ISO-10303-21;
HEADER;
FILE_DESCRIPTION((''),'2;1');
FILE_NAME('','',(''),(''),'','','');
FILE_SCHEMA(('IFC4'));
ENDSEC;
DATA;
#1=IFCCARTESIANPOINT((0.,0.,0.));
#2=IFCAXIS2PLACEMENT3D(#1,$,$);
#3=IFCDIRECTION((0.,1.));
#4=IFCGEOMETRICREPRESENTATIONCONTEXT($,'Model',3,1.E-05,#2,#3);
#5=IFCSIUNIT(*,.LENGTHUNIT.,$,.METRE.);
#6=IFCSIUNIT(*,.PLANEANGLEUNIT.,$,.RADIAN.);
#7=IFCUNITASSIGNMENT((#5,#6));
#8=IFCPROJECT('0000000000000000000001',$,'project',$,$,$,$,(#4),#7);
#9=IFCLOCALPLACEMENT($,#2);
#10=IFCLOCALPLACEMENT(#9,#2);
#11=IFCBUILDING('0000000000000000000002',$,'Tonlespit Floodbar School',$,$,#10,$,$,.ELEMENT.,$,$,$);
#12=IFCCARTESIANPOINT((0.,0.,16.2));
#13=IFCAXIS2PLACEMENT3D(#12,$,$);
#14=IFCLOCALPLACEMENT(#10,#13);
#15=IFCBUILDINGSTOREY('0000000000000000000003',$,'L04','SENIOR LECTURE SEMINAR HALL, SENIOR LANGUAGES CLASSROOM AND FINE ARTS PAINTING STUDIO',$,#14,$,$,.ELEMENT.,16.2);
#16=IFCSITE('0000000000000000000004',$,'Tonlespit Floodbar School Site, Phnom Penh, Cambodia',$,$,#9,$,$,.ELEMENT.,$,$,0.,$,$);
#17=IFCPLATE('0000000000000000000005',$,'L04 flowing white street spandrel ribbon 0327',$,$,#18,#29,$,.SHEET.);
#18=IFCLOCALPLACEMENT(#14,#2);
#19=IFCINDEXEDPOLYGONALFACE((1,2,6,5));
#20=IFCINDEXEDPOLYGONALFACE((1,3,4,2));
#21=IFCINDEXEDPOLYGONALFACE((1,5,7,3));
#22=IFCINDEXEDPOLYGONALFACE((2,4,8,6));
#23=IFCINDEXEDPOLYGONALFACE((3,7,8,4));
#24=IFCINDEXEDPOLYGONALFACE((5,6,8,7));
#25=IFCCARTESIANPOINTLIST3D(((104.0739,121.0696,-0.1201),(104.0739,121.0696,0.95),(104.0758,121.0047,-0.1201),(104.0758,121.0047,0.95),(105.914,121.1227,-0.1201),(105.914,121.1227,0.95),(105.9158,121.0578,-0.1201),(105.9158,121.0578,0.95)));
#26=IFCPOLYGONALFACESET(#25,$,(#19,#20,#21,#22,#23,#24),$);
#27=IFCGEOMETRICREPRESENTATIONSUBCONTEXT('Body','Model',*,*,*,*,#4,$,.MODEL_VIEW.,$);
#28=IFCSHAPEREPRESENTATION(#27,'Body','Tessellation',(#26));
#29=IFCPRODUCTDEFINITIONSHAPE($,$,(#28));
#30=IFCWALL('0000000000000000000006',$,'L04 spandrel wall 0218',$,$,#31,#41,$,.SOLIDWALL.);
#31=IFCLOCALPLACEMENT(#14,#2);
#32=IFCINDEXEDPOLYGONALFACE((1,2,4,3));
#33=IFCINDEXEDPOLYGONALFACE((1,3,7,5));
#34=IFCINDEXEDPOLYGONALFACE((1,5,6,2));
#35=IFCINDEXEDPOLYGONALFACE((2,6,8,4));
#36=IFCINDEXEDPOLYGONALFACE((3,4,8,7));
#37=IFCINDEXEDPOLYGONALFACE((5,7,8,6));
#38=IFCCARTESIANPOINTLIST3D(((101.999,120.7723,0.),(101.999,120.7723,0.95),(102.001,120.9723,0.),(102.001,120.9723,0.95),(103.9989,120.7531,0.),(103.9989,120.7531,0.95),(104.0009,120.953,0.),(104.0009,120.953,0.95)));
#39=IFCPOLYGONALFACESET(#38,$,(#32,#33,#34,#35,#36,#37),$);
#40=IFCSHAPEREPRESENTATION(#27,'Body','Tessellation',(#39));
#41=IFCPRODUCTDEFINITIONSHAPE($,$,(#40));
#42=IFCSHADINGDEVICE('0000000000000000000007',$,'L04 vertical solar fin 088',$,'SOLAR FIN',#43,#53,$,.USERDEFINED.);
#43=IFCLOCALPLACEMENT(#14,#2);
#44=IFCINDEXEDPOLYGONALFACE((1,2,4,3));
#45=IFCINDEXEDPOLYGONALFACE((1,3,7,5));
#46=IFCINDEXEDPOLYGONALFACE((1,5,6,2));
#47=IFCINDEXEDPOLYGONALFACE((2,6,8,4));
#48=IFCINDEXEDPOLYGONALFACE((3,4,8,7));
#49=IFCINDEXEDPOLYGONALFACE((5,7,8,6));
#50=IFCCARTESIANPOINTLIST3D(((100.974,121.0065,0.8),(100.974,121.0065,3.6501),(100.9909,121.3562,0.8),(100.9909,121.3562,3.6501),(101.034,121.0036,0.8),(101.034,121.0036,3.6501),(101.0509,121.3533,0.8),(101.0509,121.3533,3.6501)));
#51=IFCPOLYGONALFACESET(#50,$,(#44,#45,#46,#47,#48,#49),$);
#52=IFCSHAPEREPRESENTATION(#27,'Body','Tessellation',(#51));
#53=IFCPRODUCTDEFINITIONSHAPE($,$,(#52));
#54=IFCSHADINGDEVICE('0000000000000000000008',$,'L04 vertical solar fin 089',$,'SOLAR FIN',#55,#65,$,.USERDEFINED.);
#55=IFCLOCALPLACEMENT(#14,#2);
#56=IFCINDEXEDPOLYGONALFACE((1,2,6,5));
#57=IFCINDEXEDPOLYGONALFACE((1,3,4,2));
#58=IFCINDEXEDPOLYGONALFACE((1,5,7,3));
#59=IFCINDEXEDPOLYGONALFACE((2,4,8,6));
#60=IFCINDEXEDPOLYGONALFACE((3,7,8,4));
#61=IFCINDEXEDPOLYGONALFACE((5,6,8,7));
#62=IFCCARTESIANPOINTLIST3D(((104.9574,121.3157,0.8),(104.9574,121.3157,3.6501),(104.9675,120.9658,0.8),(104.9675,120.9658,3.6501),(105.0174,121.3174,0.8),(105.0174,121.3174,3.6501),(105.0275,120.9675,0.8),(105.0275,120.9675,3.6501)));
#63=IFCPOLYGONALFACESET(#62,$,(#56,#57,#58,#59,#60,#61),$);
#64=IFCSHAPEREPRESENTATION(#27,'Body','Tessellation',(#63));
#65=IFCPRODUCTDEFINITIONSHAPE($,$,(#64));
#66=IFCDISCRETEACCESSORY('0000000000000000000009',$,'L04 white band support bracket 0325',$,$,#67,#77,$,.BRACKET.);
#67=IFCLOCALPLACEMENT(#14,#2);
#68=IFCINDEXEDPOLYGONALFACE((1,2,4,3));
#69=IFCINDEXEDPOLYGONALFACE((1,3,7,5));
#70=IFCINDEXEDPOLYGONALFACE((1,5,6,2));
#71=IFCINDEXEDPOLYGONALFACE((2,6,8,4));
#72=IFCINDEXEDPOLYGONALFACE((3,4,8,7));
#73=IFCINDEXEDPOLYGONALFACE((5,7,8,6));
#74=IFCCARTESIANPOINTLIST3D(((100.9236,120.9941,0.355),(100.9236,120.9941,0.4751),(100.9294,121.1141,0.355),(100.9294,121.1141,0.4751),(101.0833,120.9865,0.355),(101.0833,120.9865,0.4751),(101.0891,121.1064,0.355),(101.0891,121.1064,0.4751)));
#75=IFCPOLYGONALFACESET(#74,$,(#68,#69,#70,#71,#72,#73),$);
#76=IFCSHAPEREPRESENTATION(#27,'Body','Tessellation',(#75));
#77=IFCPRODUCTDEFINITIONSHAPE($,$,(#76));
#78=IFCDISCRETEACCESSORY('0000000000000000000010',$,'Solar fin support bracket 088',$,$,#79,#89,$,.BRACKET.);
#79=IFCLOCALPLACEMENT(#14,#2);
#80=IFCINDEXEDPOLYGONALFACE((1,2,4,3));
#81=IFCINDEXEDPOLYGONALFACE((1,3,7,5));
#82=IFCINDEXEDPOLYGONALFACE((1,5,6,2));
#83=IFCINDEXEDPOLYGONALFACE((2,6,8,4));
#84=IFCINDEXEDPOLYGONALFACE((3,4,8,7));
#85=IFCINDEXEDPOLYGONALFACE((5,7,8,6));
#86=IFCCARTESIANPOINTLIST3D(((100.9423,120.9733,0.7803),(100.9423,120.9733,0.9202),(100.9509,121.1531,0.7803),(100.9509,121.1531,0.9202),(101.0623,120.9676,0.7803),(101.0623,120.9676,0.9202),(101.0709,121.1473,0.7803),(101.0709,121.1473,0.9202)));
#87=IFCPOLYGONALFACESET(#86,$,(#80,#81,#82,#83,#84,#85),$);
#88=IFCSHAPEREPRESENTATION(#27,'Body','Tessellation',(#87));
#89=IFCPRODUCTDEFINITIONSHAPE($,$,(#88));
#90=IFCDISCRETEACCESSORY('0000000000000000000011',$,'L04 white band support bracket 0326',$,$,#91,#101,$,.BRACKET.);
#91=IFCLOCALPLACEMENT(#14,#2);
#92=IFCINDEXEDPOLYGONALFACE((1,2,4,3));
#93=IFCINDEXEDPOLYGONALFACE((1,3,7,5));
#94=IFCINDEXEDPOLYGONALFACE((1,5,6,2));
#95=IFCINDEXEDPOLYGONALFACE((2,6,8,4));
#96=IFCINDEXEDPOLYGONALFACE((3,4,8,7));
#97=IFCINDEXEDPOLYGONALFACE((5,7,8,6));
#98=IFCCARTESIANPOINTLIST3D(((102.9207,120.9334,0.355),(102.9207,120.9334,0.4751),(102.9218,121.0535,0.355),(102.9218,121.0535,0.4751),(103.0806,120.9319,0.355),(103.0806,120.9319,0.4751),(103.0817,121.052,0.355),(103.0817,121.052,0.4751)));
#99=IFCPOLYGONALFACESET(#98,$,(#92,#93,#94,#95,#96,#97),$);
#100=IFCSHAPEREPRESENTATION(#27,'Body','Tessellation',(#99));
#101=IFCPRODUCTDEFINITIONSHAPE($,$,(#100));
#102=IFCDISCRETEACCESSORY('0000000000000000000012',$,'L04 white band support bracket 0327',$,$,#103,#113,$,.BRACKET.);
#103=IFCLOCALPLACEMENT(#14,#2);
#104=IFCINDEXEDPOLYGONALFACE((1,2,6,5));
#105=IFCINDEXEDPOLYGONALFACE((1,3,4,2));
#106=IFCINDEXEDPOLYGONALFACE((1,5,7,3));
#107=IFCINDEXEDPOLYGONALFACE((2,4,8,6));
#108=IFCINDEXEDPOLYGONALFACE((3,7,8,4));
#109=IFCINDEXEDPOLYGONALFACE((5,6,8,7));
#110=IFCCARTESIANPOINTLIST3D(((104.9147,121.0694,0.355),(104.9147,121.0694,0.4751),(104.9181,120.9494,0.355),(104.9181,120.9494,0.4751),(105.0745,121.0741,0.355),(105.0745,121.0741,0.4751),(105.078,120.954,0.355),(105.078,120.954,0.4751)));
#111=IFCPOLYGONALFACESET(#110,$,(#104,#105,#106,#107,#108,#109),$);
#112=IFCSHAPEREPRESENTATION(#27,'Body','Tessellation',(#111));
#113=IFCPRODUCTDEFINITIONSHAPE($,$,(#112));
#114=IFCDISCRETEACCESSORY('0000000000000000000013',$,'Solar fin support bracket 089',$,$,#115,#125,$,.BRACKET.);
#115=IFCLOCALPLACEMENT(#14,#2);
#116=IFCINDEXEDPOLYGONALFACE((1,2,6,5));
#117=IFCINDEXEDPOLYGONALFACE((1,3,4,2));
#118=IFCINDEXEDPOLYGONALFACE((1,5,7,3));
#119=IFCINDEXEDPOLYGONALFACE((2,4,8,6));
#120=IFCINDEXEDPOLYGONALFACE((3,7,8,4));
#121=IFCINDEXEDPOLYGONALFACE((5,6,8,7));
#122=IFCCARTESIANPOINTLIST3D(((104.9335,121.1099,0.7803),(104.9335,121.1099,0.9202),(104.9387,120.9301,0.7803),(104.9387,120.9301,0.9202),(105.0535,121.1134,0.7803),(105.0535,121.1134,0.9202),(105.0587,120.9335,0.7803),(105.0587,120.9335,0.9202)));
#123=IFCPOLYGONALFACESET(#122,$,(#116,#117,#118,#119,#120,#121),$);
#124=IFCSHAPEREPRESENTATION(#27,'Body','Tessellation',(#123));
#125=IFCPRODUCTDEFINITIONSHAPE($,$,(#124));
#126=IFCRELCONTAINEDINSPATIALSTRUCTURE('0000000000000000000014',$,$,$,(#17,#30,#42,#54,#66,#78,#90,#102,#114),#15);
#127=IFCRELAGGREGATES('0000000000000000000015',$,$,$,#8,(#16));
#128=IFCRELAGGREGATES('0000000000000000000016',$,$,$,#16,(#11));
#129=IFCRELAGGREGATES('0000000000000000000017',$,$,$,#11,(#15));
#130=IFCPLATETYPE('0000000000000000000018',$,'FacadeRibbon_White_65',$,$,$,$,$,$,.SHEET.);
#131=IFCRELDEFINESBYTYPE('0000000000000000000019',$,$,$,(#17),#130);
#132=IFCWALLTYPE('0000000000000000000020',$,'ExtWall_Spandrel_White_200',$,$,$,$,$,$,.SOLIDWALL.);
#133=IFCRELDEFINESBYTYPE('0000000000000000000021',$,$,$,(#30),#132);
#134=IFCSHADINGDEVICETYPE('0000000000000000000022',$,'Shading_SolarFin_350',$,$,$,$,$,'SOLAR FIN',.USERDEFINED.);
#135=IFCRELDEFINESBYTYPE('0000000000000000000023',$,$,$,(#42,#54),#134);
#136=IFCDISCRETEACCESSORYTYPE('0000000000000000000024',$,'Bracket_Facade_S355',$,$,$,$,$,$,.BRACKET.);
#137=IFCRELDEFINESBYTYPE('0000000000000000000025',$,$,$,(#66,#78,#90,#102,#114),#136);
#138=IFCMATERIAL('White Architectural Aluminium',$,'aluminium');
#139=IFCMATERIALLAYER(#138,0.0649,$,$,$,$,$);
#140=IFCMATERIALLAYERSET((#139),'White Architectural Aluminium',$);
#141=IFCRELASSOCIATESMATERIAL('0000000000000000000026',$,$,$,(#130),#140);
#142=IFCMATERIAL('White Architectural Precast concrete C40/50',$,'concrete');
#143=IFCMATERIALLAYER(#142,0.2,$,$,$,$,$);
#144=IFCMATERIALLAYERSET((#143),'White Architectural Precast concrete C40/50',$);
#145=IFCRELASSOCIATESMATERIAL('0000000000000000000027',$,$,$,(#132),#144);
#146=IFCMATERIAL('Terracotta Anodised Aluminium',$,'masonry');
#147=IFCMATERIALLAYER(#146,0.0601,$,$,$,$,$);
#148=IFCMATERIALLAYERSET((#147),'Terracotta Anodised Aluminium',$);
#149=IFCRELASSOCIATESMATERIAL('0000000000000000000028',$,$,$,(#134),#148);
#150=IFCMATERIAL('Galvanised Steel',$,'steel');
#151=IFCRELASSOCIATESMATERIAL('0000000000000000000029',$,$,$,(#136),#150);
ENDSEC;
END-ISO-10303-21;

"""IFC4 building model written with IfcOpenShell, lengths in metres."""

from ifc_helpers import new_model, si_unit, direction, frame, frame_2d, origin, origin_2d, place, context, subcontext, project, spatial, rectangle, extrude, material, layer, layer_set, type_object, element, save


model = new_model("IFC4")

# Units and contexts
model_context = context("Model", 3, precision=1e-05, world=origin(), true_north=direction((0.0, 1.0)))
body_context = subcontext(model_context, "Body", "Model", "MODEL_VIEW")
ifc_project = project(units=[si_unit("LENGTHUNIT", "METRE"), si_unit("PLANEANGLEUNIT", "RADIAN")], contexts=[model_context])

# Site, building, storey
site_placement = place(None, origin())
site = spatial("IfcSite", under=ifc_project, at=site_placement, Name="Tonlespit Floodbar School Site, Phnom Penh, Cambodia", CompositionType="ELEMENT", RefElevation=0.0)
building_placement = place(site_placement, origin())
building = spatial("IfcBuilding", under=site, at=building_placement, Name="Tonlespit Floodbar School", CompositionType="ELEMENT")
storey_placement = place(building_placement, frame((0.0, 0.0, 16.2)))
storey = spatial("IfcBuildingStorey", under=building, at=storey_placement, Name="L04", Description="SENIOR LECTURE SEMINAR HALL, SENIOR LANGUAGES CLASSROOM AND FINE ARTS PAINTING STUDIO", CompositionType="ELEMENT", Elevation=16.2)

# Plate
ifc_material_1 = material(Name="White Architectural Aluminium", Category="aluminium")
ifc_layer_1 = layer(ifc_material_1, 0.0649)
ifc_layer_set_1 = layer_set([ifc_layer_1], Name="White Architectural Aluminium")
plate_type_1 = type_object("IfcPlateType", Name="FacadeRibbon_White_65", PredefinedType="SHEET", material=ifc_layer_set_1)
plate_1_placement = place(storey_placement, frame((104.9949, 121.0637, -0.1201), z_axis=(0.0, 0.0, 1.0), x_axis=(0.999584, 0.028838, 0.0)))
element("IfcPlate", 1, at=plate_1_placement, inside=storey, type_object=plate_type_1, Name="L04 flowing white street spandrel ribbon 0327", PredefinedType="SHEET", context=body_context, shape_type="SweptSolid", body=[
    extrude(rectangle(XDim=1.8408, YDim=0.0649, at=origin_2d()), origin(), (0.0, 0.0, 1.0), 1.0701),
])

# Wall
ifc_material_2 = material(Name="White Architectural Precast concrete C40/50", Category="concrete")
ifc_layer_2 = layer(ifc_material_2, 0.2)
ifc_layer_set_2 = layer_set([ifc_layer_2], Name="White Architectural Precast concrete C40/50")
wall_type = type_object("IfcWallType", Name="ExtWall_Spandrel_White_200", PredefinedType="SOLIDWALL", material=ifc_layer_set_2)
wall_placement = place(storey_placement, frame((102.0, 120.8723, 0.0), z_axis=(0.0, 0.0, 1.0), x_axis=(0.999954, -0.009643, 0.0)))
element("IfcWall", 2, at=wall_placement, inside=storey, type_object=wall_type, Name="L04 spandrel wall 0218", PredefinedType="SOLIDWALL", context=body_context, shape_type="SweptSolid", body=[
    extrude(rectangle(XDim=2.0, YDim=0.2, at=frame_2d((1.0, 0.0))), origin(), (0.0, 0.0, 1.0), 0.95),
])

# Shading devices
ifc_material_3 = material(Name="Terracotta Anodised Aluminium", Category="masonry")
ifc_layer_3 = layer(ifc_material_3, 0.0601)
ifc_layer_set_3 = layer_set([ifc_layer_3], Name="Terracotta Anodised Aluminium")
shading_device_type = type_object("IfcShadingDeviceType", Name="Shading_SolarFin_350", ElementType="SOLAR FIN", PredefinedType="USERDEFINED", material=ifc_layer_set_3)
for number, where, z_axis, x_axis, name in (
    (3, (101.0125, 121.1799, 0.8), (0.0, 0.0, 1.0), (0.998843, -0.048095, 0.0), "L04 vertical solar fin 088"),
    (4, (104.9924, 121.1416, 0.8), (0.0, 0.0, 1.0), (0.999584, 0.028838, 0.0), "L04 vertical solar fin 089"),
):
    element("IfcShadingDevice", number, at=place(storey_placement, frame(where, z_axis=z_axis, x_axis=x_axis)), inside=storey, type_object=shading_device_type, Name=name, ObjectType="SOLAR FIN", PredefinedType="USERDEFINED", context=body_context, shape_type="SweptSolid", body=[
        extrude(rectangle(XDim=0.0601, YDim=0.3501, at=origin_2d()), origin(), (0.0, 0.0, 1.0), 2.8501),
    ])

# Discrete accessories
ifc_material_4 = material(Name="Galvanised Steel", Category="steel")
discrete_accessory_type = type_object("IfcDiscreteAccessoryType", Name="Bracket_Facade_S355", PredefinedType="BRACKET", material=ifc_material_4)
discrete_accessory_1_placement = place(storey_placement, frame((101.0063, 121.0503, 0.355), z_axis=(0.0, 0.0, 1.0), x_axis=(0.998843, -0.048095, 0.0)))
element("IfcDiscreteAccessory", 5, at=discrete_accessory_1_placement, inside=storey, type_object=discrete_accessory_type, Name="L04 white band support bracket 0325", PredefinedType="BRACKET", context=body_context, shape_type="SweptSolid", body=[
    extrude(rectangle(XDim=0.1599, YDim=0.1201, at=origin_2d()), origin(), (0.0, 0.0, 1.0), 0.1201),
])
discrete_accessory_2_placement = place(storey_placement, frame((101.0066, 121.0603, 0.7803), z_axis=(0.0, 0.0, 1.0), x_axis=(0.998843, -0.048095, 0.0)))
element("IfcDiscreteAccessory", 6, at=discrete_accessory_2_placement, inside=storey, type_object=discrete_accessory_type, Name="Solar fin support bracket 088", PredefinedType="BRACKET", context=body_context, shape_type="SweptSolid", body=[
    extrude(rectangle(XDim=0.1201, YDim=0.1799, at=origin_2d()), origin(), (0.0, 0.0, 1.0), 0.1399),
])
for number, where, z_axis, x_axis, name in (
    (7, (103.0012, 120.9927, 0.355), (0.0, 0.0, 1.0), (0.999954, -0.009599, 0.0), "L04 white band support bracket 0326"),
    (8, (104.9963, 121.0117, 0.355), (0.0, 0.0, 1.0), (0.999584, 0.028838, 0.0), "L04 white band support bracket 0327"),
):
    element("IfcDiscreteAccessory", number, at=place(storey_placement, frame(where, z_axis=z_axis, x_axis=x_axis)), inside=storey, type_object=discrete_accessory_type, Name=name, PredefinedType="BRACKET", context=body_context, shape_type="SweptSolid", body=[
        extrude(rectangle(XDim=0.1599, YDim=0.1201, at=origin_2d()), origin(), (0.0, 0.0, 1.0), 0.1201),
    ])
discrete_accessory_3_placement = place(storey_placement, frame((104.9961, 121.0217, 0.7803), z_axis=(0.0, 0.0, 1.0), x_axis=(0.999584, 0.028838, 0.0)))
element("IfcDiscreteAccessory", 9, at=discrete_accessory_3_placement, inside=storey, type_object=discrete_accessory_type, Name="Solar fin support bracket 089", PredefinedType="BRACKET", context=body_context, shape_type="SweptSolid", body=[
    extrude(rectangle(XDim=0.1201, YDim=0.1799, at=origin_2d()), origin(), (0.0, 0.0, 1.0), 0.1399),
])

save(model, "model.ifc")
